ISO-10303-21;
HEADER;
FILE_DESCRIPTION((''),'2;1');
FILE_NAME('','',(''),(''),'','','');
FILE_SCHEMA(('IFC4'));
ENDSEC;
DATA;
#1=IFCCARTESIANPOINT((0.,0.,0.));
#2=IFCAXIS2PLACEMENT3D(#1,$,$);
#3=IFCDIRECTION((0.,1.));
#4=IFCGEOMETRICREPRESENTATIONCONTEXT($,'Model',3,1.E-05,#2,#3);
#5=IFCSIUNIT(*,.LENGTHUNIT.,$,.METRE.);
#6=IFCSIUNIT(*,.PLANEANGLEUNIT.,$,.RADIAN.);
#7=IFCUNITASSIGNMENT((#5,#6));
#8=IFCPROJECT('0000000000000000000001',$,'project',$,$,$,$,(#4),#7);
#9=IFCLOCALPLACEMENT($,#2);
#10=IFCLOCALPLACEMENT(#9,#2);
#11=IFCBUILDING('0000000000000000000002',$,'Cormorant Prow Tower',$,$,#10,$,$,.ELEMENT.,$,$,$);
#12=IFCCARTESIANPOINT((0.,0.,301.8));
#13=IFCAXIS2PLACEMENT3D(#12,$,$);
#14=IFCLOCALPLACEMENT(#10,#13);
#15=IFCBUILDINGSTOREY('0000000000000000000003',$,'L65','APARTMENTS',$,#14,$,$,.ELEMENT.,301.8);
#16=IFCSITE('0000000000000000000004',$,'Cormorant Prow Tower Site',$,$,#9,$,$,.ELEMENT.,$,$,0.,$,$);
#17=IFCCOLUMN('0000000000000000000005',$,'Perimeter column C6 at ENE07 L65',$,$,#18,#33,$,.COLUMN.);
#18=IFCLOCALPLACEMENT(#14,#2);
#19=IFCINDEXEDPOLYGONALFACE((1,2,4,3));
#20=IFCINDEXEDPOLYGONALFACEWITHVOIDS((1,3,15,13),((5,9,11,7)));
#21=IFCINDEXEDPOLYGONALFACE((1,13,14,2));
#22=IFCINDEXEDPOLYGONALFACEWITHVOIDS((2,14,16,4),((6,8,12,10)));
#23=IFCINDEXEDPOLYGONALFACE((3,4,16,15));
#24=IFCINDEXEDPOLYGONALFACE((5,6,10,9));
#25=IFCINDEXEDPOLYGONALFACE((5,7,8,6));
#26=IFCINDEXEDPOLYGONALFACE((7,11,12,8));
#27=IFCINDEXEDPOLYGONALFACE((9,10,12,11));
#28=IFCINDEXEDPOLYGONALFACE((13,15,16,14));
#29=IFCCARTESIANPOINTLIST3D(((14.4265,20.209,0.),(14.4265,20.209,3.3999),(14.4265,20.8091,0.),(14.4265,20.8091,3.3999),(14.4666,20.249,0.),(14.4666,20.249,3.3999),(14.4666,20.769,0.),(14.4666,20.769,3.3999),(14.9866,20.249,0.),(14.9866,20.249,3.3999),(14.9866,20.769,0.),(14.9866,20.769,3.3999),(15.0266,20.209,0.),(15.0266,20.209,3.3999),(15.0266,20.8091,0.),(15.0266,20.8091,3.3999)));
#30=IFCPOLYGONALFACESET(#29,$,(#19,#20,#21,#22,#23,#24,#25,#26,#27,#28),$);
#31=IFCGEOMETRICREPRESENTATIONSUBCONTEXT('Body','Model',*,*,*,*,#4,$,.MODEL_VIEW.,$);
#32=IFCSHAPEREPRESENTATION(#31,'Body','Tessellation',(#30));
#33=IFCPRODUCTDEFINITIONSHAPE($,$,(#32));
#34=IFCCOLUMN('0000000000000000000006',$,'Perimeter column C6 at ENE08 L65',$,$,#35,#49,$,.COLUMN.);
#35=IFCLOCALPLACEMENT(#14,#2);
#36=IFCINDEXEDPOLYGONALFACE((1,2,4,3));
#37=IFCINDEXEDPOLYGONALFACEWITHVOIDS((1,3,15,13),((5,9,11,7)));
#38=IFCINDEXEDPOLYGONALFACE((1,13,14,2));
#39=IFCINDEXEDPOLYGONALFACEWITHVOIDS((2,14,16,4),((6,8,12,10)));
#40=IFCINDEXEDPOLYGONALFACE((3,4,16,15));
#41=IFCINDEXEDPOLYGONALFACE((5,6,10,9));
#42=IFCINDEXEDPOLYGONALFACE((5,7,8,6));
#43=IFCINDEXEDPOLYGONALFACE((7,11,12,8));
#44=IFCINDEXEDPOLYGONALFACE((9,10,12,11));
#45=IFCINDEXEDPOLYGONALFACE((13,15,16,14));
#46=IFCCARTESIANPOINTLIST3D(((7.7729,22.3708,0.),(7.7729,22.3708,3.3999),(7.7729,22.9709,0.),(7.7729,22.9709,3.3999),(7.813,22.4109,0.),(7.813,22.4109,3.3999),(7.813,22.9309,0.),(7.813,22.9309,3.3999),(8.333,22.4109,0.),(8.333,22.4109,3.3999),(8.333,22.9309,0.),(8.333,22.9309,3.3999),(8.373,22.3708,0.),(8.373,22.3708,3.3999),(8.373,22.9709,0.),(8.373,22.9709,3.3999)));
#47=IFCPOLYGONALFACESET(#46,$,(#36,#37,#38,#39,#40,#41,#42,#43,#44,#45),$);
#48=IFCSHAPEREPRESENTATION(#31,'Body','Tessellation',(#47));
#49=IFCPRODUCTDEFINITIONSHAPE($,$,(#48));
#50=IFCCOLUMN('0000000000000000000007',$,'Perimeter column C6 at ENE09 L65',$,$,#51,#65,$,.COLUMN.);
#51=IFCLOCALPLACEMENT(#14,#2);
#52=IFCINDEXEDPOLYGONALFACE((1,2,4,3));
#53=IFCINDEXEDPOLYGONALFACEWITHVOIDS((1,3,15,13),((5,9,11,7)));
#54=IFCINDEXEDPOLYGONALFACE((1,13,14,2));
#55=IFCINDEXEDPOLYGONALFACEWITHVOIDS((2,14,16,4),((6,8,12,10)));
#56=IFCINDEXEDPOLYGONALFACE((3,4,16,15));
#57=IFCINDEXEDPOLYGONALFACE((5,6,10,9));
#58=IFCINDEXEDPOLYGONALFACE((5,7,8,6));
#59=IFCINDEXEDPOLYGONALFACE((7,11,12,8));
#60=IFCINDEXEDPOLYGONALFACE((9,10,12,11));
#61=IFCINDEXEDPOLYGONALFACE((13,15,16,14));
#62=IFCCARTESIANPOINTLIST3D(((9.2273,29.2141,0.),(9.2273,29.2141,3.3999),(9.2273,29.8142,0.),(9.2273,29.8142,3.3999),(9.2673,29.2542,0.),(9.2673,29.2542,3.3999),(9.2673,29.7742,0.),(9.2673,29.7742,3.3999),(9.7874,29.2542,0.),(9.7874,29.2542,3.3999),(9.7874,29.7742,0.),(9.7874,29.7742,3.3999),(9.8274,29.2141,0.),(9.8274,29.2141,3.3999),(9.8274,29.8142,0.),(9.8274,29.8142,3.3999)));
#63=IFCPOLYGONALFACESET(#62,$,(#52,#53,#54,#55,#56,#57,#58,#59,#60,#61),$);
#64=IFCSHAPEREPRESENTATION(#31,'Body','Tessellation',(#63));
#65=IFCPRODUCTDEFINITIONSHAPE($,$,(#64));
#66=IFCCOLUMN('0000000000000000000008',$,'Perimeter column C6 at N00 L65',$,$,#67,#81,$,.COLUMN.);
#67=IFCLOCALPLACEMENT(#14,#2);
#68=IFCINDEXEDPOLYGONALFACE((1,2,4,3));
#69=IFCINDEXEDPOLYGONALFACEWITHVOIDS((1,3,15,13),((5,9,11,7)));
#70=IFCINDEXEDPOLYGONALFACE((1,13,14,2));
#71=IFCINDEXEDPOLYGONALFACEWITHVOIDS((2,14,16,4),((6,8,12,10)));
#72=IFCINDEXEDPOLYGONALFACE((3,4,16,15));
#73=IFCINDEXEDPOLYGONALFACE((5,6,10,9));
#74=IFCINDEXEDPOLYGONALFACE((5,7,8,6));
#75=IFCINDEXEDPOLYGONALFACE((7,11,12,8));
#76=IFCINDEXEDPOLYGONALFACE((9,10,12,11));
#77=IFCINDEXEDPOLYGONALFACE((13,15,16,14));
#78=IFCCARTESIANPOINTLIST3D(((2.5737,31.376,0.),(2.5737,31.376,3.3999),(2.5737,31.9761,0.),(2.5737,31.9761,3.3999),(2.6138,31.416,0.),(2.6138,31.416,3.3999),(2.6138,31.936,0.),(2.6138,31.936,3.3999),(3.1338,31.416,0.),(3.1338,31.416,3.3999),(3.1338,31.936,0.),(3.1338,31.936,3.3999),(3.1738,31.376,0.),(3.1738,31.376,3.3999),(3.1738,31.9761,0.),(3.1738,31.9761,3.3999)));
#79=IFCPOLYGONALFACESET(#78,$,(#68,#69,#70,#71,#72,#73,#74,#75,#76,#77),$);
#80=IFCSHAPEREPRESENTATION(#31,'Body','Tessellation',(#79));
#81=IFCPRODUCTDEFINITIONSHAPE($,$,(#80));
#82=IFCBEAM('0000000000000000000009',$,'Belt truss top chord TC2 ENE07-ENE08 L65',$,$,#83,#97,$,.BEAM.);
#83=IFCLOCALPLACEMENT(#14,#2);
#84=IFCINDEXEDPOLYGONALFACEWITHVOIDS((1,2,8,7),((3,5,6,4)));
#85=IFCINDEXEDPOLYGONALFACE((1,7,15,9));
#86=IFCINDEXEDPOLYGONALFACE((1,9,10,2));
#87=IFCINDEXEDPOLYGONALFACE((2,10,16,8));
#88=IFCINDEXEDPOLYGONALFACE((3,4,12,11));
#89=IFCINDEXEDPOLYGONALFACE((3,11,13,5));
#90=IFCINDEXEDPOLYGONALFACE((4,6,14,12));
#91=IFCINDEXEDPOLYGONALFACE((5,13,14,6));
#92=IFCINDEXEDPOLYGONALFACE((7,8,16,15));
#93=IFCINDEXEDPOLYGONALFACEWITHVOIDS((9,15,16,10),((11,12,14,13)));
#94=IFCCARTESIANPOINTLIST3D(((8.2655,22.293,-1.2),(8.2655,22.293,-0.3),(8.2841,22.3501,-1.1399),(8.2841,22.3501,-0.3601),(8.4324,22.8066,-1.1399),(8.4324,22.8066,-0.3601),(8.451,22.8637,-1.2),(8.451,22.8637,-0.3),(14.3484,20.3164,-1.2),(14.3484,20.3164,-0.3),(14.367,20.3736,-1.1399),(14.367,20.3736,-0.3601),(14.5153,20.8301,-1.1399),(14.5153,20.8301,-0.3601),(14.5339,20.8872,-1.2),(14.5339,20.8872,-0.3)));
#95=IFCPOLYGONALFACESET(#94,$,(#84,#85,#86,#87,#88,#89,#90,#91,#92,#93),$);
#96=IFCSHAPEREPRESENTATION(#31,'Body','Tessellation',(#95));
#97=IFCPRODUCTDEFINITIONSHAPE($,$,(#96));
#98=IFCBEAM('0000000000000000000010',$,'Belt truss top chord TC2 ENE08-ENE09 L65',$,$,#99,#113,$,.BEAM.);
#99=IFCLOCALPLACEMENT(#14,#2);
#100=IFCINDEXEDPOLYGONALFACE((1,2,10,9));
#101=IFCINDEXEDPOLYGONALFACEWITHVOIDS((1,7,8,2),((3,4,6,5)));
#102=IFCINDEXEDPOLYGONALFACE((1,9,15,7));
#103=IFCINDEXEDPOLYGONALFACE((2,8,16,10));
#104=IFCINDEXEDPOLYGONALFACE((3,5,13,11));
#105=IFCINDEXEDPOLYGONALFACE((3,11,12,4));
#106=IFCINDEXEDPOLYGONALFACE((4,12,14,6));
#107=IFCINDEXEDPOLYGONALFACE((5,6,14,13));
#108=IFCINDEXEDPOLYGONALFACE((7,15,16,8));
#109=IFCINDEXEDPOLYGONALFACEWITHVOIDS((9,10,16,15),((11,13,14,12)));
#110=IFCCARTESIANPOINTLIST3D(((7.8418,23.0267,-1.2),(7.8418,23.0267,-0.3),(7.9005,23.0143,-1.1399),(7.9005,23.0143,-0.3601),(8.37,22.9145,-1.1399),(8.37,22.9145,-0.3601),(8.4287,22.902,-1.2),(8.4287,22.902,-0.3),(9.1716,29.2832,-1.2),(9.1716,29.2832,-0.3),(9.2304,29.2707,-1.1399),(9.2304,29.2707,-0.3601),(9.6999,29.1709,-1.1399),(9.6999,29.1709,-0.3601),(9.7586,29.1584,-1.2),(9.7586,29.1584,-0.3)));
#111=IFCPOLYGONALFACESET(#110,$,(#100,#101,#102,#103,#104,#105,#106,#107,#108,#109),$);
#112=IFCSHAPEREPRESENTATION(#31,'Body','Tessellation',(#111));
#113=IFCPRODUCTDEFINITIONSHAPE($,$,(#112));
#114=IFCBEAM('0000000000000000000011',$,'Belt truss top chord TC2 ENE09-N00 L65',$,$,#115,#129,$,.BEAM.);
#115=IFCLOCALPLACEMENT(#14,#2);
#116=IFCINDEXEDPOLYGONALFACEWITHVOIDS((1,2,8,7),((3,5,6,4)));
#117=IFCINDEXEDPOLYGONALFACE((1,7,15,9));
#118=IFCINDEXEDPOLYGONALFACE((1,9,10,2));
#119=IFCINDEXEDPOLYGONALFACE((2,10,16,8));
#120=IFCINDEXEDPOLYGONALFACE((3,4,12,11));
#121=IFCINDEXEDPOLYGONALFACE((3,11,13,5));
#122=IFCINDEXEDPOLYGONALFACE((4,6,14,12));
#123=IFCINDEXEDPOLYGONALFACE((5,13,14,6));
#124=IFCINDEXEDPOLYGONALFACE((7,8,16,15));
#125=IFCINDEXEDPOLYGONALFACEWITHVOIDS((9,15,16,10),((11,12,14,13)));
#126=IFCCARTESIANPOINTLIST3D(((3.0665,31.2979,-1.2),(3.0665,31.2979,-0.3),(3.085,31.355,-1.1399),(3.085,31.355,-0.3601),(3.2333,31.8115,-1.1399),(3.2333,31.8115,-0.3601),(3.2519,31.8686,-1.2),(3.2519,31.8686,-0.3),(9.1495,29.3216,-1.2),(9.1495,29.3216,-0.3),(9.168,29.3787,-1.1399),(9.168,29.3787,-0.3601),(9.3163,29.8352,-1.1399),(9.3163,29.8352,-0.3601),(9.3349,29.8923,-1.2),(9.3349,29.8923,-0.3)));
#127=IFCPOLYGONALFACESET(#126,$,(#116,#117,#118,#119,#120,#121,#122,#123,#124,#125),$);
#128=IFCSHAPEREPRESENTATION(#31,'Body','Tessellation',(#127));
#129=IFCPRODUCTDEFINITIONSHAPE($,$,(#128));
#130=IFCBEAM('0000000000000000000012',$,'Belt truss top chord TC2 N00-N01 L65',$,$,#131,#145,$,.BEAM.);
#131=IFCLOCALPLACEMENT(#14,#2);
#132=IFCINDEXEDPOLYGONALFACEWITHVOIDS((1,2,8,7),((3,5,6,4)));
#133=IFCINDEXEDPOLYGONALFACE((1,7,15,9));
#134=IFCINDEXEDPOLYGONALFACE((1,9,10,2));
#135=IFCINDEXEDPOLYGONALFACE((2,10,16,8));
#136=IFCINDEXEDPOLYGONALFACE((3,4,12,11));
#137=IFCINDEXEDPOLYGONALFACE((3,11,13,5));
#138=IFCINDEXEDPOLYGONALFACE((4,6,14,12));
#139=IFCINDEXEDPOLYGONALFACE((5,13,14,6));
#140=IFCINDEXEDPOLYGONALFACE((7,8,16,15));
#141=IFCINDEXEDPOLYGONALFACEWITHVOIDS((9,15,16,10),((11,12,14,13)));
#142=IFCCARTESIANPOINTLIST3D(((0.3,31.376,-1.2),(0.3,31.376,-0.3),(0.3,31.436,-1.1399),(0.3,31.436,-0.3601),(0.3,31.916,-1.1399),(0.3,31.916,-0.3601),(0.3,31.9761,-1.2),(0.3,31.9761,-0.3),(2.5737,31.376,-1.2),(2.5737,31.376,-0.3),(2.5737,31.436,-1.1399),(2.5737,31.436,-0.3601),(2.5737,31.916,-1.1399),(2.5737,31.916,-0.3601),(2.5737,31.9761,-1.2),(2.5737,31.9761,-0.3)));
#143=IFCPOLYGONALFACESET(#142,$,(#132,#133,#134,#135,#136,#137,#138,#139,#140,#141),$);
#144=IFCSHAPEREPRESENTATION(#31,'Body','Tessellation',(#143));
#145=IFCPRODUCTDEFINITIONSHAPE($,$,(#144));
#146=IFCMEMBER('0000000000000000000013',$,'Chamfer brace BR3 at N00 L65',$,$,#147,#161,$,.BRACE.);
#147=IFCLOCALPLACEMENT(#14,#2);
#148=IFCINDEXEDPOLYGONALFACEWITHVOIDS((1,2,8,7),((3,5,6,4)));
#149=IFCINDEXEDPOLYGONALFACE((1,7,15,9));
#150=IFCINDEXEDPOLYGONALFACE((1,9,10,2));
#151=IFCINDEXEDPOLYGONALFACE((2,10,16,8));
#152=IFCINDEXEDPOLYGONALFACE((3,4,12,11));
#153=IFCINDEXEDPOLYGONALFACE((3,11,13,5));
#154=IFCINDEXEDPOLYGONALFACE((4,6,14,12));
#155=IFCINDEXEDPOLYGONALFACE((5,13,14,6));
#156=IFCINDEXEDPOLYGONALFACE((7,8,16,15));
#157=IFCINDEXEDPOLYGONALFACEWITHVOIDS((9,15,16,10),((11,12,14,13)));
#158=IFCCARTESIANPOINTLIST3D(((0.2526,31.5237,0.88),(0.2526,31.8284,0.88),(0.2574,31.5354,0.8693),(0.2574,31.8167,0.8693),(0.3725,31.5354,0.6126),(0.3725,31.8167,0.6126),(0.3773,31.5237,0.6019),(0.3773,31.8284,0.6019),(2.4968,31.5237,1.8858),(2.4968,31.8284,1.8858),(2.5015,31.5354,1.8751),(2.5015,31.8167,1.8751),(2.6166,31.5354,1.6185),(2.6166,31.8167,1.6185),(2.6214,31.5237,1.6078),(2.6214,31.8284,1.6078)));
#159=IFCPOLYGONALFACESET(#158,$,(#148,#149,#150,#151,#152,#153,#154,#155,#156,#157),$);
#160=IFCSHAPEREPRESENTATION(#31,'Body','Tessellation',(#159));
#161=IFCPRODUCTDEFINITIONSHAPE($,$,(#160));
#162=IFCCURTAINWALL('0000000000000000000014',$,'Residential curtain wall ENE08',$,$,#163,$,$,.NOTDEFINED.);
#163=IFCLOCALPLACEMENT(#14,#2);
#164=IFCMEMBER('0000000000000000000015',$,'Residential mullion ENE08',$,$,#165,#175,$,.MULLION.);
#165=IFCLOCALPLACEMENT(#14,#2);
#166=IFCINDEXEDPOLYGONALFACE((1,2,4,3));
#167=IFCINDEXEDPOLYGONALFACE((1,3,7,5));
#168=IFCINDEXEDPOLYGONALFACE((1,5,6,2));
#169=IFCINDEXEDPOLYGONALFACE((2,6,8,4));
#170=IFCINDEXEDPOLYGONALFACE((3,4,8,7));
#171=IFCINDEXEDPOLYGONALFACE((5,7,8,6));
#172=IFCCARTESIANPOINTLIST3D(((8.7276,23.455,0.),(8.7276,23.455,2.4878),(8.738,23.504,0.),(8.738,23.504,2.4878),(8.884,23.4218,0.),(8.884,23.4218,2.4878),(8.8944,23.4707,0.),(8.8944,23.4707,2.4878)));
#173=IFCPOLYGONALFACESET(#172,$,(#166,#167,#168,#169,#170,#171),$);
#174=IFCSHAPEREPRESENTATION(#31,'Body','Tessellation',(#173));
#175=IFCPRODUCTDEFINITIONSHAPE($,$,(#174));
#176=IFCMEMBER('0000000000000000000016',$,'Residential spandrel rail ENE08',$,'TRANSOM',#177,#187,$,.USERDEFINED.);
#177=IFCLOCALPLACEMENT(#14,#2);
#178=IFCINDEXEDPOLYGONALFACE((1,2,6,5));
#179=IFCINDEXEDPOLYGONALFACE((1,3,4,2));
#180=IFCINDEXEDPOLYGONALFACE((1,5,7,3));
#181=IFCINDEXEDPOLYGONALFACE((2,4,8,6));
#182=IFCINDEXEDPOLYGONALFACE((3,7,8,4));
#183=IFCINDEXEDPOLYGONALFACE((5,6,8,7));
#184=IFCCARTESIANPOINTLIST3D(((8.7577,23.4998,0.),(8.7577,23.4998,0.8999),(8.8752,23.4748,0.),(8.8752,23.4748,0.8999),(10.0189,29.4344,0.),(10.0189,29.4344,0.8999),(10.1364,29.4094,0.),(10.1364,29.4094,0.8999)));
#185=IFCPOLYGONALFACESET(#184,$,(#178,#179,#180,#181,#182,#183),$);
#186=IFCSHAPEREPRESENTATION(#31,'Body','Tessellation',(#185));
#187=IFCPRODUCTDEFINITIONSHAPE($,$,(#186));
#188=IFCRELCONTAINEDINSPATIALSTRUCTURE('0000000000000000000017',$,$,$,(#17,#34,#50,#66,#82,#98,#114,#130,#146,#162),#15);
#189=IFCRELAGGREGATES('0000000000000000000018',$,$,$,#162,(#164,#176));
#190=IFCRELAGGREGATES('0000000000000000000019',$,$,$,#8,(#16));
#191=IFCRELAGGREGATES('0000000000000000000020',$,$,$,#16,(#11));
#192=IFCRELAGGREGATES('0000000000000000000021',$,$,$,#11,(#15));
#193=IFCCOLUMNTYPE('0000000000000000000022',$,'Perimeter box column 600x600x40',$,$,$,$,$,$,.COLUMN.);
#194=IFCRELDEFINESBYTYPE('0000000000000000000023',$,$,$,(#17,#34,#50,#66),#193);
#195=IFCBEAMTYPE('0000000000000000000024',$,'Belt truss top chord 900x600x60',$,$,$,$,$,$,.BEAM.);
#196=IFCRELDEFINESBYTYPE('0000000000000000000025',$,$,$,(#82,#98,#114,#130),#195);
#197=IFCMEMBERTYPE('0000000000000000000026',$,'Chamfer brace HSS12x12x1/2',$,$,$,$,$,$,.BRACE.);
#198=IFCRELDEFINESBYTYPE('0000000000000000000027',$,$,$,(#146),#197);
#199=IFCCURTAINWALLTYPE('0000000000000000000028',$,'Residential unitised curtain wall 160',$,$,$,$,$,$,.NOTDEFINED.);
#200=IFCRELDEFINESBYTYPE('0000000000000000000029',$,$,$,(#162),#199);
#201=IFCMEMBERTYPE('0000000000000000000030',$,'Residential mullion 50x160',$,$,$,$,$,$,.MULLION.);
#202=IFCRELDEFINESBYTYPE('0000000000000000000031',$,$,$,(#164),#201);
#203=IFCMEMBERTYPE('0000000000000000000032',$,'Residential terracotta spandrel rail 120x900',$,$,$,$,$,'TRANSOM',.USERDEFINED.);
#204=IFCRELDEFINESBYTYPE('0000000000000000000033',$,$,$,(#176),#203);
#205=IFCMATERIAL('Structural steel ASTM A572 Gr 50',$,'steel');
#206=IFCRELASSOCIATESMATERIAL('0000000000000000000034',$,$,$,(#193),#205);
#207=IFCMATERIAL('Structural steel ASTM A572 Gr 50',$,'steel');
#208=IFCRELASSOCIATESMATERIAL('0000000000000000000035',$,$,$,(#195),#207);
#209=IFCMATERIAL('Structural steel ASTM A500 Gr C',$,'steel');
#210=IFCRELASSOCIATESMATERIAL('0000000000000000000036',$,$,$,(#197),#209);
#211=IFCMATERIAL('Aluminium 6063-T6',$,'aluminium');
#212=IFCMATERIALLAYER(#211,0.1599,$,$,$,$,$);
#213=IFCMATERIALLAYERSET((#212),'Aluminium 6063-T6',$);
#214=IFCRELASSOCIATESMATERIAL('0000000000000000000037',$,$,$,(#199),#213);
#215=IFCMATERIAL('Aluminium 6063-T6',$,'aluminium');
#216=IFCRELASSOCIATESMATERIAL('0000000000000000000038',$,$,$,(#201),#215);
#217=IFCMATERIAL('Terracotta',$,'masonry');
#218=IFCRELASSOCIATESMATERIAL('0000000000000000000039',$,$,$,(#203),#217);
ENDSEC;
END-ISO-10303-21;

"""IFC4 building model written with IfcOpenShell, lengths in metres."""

from ifc_helpers import new_model, si_unit, direction, frame, origin, origin_2d, place, context, subcontext, project, spatial, rectangle, hollow_rectangle, extrude, material, layer, layer_set, material_profile, profile_set, type_object, element, aggregate, save


model = new_model("IFC4")

# Units and contexts
model_context = context("Model", 3, precision=1e-05, world=origin(), true_north=direction((0.0, 1.0)))
body_context = subcontext(model_context, "Body", "Model", "MODEL_VIEW")
ifc_project = project(units=[si_unit("LENGTHUNIT", "METRE"), si_unit("PLANEANGLEUNIT", "RADIAN")], contexts=[model_context])

# Site, building, storey
site_placement = place(None, origin())
site = spatial("IfcSite", under=ifc_project, at=site_placement, Name="Cormorant Prow Tower Site", CompositionType="ELEMENT", RefElevation=0.0)
building_placement = place(site_placement, origin())
building = spatial("IfcBuilding", under=site, at=building_placement, Name="Cormorant Prow Tower", CompositionType="ELEMENT")
storey_placement = place(building_placement, frame((0.0, 0.0, 301.8)))
storey = spatial("IfcBuildingStorey", under=building, at=storey_placement, Name="L65", Description="APARTMENTS", CompositionType="ELEMENT", Elevation=301.8)

# Columns
ifc_material_1 = material(Name="Structural steel ASTM A572 Gr 50", Category="steel")
ifc_material_profile_1 = material_profile(ifc_material_1, hollow_rectangle(XDim=0.6001, YDim=0.6001, WallThickness=0.04, at=origin_2d()), Name="Box 600x600x40")
ifc_profile_set_1 = profile_set([ifc_material_profile_1], Name="Structural steel ASTM A572 Gr 50")
column_type = type_object("IfcColumnType", Name="Perimeter box column 600x600x40", PredefinedType="COLUMN", material=ifc_profile_set_1)
for number, where, z_axis, x_axis, name in (
    (1, (14.7266, 20.509, 0.0), (0.0, 0.0, 1.0), (1.0, 0.0, 0.0), "Perimeter column C6 at ENE07 L65"),
    (2, (8.073, 22.6709, 0.0), (0.0, 0.0, 1.0), (1.0, 0.0, 0.0), "Perimeter column C6 at ENE08 L65"),
    (3, (9.5273, 29.5142, 0.0), (0.0, 0.0, 1.0), (1.0, 0.0, 0.0), "Perimeter column C6 at ENE09 L65"),
    (4, (2.8738, 31.676, 0.0), (0.0, 0.0, 1.0), (1.0, 0.0, 0.0), "Perimeter column C6 at N00 L65"),
):
    element("IfcColumn", number, at=place(storey_placement, frame(where, z_axis=z_axis, x_axis=x_axis)), inside=storey, type_object=column_type, Name=name, PredefinedType="COLUMN", context=body_context, shape_type="SweptSolid", body=[
        extrude(hollow_rectangle(XDim=0.6001, YDim=0.6001, WallThickness=0.04, at=origin_2d()), origin(), (0.0, 0.0, 1.0), 3.3999),
    ])

# Beams
ifc_material_2 = material(Name="Structural steel ASTM A572 Gr 50", Category="steel")
ifc_material_profile_2 = material_profile(ifc_material_2, hollow_rectangle(XDim=0.6001, YDim=0.8999, WallThickness=0.0601, at=origin_2d()), Name="Box 900x600x60")
ifc_profile_set_2 = profile_set([ifc_material_profile_2], Name="Structural steel ASTM A572 Gr 50")
beam_type = type_object("IfcBeamType", Name="Belt truss top chord 900x600x60", PredefinedType="BEAM", material=ifc_profile_set_2)
beam_1_placement = place(storey_placement, frame((14.4412, 20.6018, -0.75), z_axis=(-0.951053, 0.309027, 0.0), x_axis=(-0.309027, -0.951053, 0.0)))
element("IfcBeam", 5, at=beam_1_placement, inside=storey, type_object=beam_type, Name="Belt truss top chord TC2 ENE07-ENE08 L65", PredefinedType="BEAM", context=body_context, shape_type="SweptSolid", body=[
    extrude(hollow_rectangle(XDim=0.6001, YDim=0.8999, WallThickness=0.0601, at=origin_2d()), origin(), (0.0, 0.0, 1.0), 6.396),
])
beam_2_placement = place(storey_placement, frame((8.1353, 22.9644, -0.75), z_axis=(0.207913, 0.978147, 0.0), x_axis=(-0.978147, 0.207913, 0.0)))
element("IfcBeam", 6, at=beam_2_placement, inside=storey, type_object=beam_type, Name="Belt truss top chord TC2 ENE08-ENE09 L65", PredefinedType="BEAM", context=body_context, shape_type="SweptSolid", body=[
    extrude(hollow_rectangle(XDim=0.6001, YDim=0.8999, WallThickness=0.0601, at=origin_2d()), origin(), (0.0, 0.0, 1.0), 6.3962),
])
beam_3_placement = place(storey_placement, frame((9.2422, 29.6069, -0.75), z_axis=(-0.951064, 0.308993, 0.0), x_axis=(-0.308993, -0.951064, 0.0)))
element("IfcBeam", 7, at=beam_3_placement, inside=storey, type_object=beam_type, Name="Belt truss top chord TC2 ENE09-N00 L65", PredefinedType="BEAM", context=body_context, shape_type="SweptSolid", body=[
    extrude(hollow_rectangle(XDim=0.6001, YDim=0.8999, WallThickness=0.0601, at=origin_2d()), origin(), (0.0, 0.0, 1.0), 6.396),
])
beam_4_placement = place(storey_placement, frame((2.5737, 31.676, -0.75), z_axis=(-1.0, 0.0, 0.0), x_axis=(0.0, -1.0, 0.0)))
element("IfcBeam", 8, at=beam_4_placement, inside=storey, type_object=beam_type, Name="Belt truss top chord TC2 N00-N01 L65", PredefinedType="BEAM", context=body_context, shape_type="SweptSolid", body=[
    extrude(hollow_rectangle(XDim=0.6001, YDim=0.8999, WallThickness=0.0601, at=origin_2d()), origin(), (0.0, 0.0, 1.0), 2.2737),
])

# Member
ifc_material_3 = material(Name="Structural steel ASTM A500 Gr C", Category="steel")
ifc_material_profile_3 = material_profile(ifc_material_3, hollow_rectangle(XDim=0.3047, YDim=0.3047, WallThickness=0.0117, at=origin_2d()), Name="HSS12x12x1/2")
ifc_profile_set_3 = profile_set([ifc_material_profile_3], Name="Structural steel ASTM A500 Gr C")
member_type_1 = type_object("IfcMemberType", Name="Chamfer brace HSS12x12x1/2", PredefinedType="BRACE", material=ifc_profile_set_3)
member_1_placement = place(storey_placement, frame((0.3149, 31.676, 0.741), z_axis=(0.91253, 0.0, 0.40901), x_axis=(0.0, 1.0, 0.0)))
element("IfcMember", 9, at=member_1_placement, inside=storey, type_object=member_type_1, Name="Chamfer brace BR3 at N00 L65", PredefinedType="BRACE", context=body_context, shape_type="SweptSolid", body=[
    extrude(hollow_rectangle(XDim=0.3047, YDim=0.3047, WallThickness=0.0117, at=origin_2d()), origin(), (0.0, 0.0, 1.0), 2.4592),
])

# Curtain wall, members
ifc_material_4 = material(Name="Aluminium 6063-T6", Category="aluminium")
ifc_layer_1 = layer(ifc_material_4, 0.1599)
ifc_layer_set_1 = layer_set([ifc_layer_1], Name="Aluminium 6063-T6")
curtain_wall_type = type_object("IfcCurtainWallType", Name="Residential unitised curtain wall 160", PredefinedType="NOTDEFINED", material=ifc_layer_set_1)
curtain_wall_1_placement = place(storey_placement, origin())
curtain_wall_1 = element("IfcCurtainWall", 10, at=curtain_wall_1_placement, inside=storey, type_object=curtain_wall_type, Name="Residential curtain wall ENE08", PredefinedType="NOTDEFINED")
ifc_material_5 = material(Name="Aluminium 6063-T6", Category="aluminium")
ifc_material_profile_4 = material_profile(ifc_material_5, rectangle(XDim=0.1599, YDim=0.05, at=origin_2d()), Name="Residential mullion 50x160")
ifc_profile_set_4 = profile_set([ifc_material_profile_4], Name="Aluminium 6063-T6")
member_type_2 = type_object("IfcMemberType", Name="Residential mullion 50x160", PredefinedType="MULLION", material=ifc_profile_set_4)
member_2_placement = place(storey_placement, frame((8.811, 23.4629, 0.0), z_axis=(0.0, 0.0, 1.0), x_axis=(-0.978148, 0.207912, 0.0)))
member_2 = element("IfcMember", 11, at=member_2_placement, type_object=member_type_2, Name="Residential mullion ENE08", PredefinedType="MULLION", context=body_context, shape_type="SweptSolid", body=[
    extrude(rectangle(XDim=0.1599, YDim=0.05, at=origin_2d()), origin(), (0.0, 0.0, 1.0), 2.4878),
])
ifc_material_6 = material(Name="Terracotta", Category="masonry")
ifc_material_profile_5 = material_profile(ifc_material_6, rectangle(XDim=0.1201, YDim=0.8999, at=origin_2d()), Name="Residential terracotta spandrel rail 120x900")
ifc_profile_set_5 = profile_set([ifc_material_profile_5], Name="Terracotta")
member_type_3 = type_object("IfcMemberType", Name="Residential terracotta spandrel rail 120x900", ElementType="TRANSOM", PredefinedType="USERDEFINED", material=ifc_profile_set_5)
member_3_placement = place(storey_placement, frame((8.8164, 23.4873, 0.45), z_axis=(0.20788, 0.978154, 0.0), x_axis=(-0.978154, 0.20788, 0.0)))
member_3 = element("IfcMember", 12, at=member_3_placement, type_object=member_type_3, Name="Residential spandrel rail ENE08", ObjectType="TRANSOM", PredefinedType="USERDEFINED", context=body_context, shape_type="SweptSolid", body=[
    extrude(rectangle(XDim=0.1201, YDim=0.8999, at=origin_2d()), origin(), (0.0, 0.0, 1.0), 6.0671),
])

aggregate(curtain_wall_1, [member_2, member_3])

save(model, "model.ifc")
